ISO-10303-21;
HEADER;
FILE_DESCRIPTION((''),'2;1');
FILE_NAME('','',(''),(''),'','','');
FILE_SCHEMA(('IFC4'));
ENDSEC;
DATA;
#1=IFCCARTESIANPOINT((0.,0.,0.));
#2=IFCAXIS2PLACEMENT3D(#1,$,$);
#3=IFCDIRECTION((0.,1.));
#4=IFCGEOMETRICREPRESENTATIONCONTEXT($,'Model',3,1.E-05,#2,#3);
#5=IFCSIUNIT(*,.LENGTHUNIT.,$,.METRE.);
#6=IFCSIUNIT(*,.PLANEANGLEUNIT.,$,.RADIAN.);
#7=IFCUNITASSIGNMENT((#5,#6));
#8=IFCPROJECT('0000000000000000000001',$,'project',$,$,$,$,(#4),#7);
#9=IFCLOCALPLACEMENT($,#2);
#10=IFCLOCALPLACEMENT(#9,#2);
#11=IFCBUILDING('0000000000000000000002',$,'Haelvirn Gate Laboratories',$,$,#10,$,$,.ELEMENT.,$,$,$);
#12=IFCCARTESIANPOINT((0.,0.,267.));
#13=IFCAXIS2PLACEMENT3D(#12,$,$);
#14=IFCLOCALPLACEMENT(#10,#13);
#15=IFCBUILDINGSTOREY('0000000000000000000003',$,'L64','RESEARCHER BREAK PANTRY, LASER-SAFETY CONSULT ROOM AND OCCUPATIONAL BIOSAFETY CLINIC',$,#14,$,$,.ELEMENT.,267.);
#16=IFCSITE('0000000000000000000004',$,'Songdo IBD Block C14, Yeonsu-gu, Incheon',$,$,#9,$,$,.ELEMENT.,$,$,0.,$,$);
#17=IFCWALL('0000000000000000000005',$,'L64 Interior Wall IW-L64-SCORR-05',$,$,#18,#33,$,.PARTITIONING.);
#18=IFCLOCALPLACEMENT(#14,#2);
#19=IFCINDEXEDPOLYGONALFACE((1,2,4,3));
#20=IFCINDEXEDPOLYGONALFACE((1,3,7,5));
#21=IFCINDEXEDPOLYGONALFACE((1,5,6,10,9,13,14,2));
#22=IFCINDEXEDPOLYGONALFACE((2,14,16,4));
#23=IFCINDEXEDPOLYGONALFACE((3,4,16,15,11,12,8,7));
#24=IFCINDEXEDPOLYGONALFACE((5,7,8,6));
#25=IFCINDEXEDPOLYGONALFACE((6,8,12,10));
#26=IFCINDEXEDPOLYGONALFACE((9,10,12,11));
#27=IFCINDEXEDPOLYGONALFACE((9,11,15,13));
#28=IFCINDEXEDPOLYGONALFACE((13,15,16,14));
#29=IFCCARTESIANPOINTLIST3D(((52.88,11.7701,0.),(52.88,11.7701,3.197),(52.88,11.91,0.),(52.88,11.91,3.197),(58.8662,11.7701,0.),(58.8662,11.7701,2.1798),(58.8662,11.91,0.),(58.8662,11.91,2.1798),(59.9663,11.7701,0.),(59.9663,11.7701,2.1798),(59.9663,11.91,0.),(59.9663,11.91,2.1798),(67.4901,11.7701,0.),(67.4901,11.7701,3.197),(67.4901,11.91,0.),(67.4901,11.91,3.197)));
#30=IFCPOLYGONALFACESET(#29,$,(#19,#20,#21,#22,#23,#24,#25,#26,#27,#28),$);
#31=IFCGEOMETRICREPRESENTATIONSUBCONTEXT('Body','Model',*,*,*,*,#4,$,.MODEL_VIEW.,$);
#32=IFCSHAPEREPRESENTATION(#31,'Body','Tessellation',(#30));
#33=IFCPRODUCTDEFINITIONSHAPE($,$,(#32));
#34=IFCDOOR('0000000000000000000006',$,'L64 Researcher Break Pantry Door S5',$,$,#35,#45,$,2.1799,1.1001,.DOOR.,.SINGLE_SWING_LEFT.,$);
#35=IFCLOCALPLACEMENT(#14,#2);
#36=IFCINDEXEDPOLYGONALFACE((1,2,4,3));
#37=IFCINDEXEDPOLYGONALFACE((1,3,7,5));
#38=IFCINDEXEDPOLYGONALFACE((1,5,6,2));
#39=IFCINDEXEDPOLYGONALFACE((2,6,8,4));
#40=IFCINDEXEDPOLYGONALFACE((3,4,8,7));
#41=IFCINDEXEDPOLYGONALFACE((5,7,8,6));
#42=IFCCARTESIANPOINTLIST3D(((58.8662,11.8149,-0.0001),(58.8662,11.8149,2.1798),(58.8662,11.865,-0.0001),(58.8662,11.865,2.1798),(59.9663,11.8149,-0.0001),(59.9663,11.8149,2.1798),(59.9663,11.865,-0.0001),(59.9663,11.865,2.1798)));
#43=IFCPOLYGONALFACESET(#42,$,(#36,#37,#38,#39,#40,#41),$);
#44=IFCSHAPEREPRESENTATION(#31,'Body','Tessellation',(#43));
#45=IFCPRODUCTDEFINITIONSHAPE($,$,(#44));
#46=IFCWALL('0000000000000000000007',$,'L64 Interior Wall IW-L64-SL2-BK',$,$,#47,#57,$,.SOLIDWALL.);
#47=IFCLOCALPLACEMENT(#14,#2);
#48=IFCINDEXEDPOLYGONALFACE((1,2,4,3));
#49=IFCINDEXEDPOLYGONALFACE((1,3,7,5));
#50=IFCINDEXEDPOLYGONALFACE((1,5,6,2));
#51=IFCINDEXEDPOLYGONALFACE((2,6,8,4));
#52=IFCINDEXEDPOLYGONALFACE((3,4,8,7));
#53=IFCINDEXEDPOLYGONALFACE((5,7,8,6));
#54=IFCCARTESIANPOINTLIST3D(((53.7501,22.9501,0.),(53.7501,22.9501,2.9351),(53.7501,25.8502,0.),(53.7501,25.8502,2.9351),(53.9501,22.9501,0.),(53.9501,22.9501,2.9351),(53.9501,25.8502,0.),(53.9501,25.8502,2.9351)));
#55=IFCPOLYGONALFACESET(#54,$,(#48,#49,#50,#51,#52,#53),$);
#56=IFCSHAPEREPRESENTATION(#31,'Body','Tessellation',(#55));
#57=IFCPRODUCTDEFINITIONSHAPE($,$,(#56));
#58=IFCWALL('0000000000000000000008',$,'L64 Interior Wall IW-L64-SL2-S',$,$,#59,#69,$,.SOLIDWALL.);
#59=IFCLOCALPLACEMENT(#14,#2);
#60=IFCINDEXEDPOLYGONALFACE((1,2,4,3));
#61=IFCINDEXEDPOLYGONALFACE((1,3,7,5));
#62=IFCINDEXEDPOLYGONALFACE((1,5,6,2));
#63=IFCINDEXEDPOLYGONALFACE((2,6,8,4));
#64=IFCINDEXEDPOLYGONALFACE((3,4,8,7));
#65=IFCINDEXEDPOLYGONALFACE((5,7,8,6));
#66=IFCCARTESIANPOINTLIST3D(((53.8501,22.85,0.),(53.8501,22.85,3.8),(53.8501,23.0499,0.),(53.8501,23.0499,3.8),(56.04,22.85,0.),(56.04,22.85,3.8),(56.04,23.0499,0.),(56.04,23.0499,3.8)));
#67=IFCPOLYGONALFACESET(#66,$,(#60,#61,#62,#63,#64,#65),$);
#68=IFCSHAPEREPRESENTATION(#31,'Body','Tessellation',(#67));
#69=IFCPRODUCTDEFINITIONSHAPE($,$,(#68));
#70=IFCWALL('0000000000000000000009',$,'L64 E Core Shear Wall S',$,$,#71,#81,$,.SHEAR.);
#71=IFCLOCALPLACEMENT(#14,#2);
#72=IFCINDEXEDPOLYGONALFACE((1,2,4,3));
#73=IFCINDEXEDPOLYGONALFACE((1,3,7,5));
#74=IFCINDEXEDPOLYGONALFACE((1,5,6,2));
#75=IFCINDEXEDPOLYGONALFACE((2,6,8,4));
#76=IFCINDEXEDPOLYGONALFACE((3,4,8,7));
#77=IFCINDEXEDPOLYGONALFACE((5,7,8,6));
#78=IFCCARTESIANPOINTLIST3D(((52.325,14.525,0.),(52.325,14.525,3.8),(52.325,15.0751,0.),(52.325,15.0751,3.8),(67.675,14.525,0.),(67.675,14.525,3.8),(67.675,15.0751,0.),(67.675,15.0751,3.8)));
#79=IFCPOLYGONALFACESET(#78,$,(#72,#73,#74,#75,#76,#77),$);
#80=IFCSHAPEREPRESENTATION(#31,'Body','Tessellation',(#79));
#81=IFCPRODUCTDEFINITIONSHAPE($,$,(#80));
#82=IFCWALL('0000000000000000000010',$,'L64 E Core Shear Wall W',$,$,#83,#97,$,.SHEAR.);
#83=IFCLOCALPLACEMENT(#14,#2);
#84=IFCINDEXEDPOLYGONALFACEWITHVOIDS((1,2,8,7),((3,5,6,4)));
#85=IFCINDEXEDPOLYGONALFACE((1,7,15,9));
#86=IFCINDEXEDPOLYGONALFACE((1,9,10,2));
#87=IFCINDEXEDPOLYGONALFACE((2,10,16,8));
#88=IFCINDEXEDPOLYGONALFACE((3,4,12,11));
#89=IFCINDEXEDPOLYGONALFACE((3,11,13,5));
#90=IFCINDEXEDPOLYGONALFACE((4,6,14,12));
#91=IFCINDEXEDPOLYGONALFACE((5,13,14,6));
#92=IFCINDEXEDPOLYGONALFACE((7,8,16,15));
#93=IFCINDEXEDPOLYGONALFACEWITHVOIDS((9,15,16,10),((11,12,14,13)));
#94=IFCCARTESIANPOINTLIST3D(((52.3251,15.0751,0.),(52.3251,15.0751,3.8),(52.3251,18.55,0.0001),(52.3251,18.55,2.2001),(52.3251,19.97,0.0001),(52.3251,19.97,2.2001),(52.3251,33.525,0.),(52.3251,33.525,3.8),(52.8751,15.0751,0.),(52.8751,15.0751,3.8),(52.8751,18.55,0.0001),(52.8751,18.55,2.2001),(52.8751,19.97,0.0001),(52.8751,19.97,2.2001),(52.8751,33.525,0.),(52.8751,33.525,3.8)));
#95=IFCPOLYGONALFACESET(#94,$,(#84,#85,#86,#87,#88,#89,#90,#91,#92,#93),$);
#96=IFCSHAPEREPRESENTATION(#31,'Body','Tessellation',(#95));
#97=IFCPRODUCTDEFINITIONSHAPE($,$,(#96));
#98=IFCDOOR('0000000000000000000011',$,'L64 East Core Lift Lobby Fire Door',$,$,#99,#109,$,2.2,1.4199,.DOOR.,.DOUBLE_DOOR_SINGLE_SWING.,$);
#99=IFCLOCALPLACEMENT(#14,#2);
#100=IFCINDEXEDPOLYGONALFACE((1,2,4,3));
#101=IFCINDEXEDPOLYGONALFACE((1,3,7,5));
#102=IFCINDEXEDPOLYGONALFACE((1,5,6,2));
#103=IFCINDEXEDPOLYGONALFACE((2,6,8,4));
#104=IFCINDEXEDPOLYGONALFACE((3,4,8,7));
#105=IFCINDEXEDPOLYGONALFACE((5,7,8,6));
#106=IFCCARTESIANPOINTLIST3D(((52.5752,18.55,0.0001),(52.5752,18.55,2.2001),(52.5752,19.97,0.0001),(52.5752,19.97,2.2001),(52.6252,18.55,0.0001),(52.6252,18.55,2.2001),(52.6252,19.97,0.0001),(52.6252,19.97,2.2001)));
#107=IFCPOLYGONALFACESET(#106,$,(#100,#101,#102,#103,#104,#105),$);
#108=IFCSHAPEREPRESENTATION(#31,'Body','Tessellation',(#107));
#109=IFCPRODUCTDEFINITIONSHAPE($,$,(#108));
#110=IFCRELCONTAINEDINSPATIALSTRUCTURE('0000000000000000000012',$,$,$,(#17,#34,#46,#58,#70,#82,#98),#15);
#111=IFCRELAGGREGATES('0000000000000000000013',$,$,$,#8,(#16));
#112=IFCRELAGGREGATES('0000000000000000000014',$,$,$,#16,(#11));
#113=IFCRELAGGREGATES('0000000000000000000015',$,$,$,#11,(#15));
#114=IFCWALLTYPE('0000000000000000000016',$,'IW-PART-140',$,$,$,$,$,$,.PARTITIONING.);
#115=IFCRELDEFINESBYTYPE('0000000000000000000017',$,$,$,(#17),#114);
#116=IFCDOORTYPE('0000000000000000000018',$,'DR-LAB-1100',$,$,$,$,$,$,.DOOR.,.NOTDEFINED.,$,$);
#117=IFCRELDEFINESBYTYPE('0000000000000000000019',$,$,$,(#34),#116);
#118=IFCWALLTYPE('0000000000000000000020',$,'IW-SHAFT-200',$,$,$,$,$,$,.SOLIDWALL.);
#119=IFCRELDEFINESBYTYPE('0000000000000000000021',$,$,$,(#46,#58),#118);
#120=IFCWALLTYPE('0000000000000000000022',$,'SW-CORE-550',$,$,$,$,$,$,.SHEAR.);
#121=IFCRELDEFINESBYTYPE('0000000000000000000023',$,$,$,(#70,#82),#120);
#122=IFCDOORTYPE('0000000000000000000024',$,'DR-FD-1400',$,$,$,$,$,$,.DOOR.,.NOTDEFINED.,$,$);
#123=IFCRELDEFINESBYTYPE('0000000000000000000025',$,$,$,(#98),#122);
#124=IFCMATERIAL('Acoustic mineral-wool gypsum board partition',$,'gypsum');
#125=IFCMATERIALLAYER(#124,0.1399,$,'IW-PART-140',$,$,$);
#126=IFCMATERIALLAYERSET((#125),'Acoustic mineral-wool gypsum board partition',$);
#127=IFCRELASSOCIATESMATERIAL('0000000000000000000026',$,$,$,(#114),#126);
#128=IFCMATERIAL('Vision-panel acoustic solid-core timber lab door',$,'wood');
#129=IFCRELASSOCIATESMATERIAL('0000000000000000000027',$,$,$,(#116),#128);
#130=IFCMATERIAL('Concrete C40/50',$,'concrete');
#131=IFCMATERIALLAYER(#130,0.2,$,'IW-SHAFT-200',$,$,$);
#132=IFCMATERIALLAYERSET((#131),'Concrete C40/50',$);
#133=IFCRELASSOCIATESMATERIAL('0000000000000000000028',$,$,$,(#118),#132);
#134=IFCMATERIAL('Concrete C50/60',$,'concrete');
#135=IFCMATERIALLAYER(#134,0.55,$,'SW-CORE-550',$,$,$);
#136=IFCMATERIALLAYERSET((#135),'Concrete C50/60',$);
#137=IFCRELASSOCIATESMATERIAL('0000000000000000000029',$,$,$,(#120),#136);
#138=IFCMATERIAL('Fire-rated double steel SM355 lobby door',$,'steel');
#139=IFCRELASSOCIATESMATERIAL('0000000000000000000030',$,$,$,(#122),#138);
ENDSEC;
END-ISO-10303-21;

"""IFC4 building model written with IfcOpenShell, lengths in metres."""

from ifc_helpers import new_model, si_unit, direction, frame, frame_2d, origin, place, context, subcontext, project, spatial, rectangle, extrude, source, transform, mapped, material, layer, layer_set, type_object, type_shapes, element, fill, save


model = new_model("IFC4")

# Units and contexts
model_context = context("Model", 3, precision=1e-05, world=origin(), true_north=direction((0.0, 1.0)))
body_context = subcontext(model_context, "Body", "Model", "MODEL_VIEW")
ifc_project = project(units=[si_unit("LENGTHUNIT", "METRE"), si_unit("PLANEANGLEUNIT", "RADIAN")], contexts=[model_context])

# Site, building, storey
site_placement = place(None, origin())
site = spatial("IfcSite", under=ifc_project, at=site_placement, Name="Songdo IBD Block C14, Yeonsu-gu, Incheon", CompositionType="ELEMENT", RefElevation=0.0)
building_placement = place(site_placement, origin())
building = spatial("IfcBuilding", under=site, at=building_placement, Name="Haelvirn Gate Laboratories", CompositionType="ELEMENT")
storey_placement = place(building_placement, frame((0.0, 0.0, 267.0)))
storey = spatial("IfcBuildingStorey", under=building, at=storey_placement, Name="L64", Description="RESEARCHER BREAK PANTRY, LASER-SAFETY CONSULT ROOM AND OCCUPATIONAL BIOSAFETY CLINIC", CompositionType="ELEMENT", Elevation=267.0)

# Wall, opening, door
ifc_material_1 = material(Name="Acoustic mineral-wool gypsum board partition", Category="gypsum")
ifc_layer_1 = layer(ifc_material_1, 0.1399, Name="IW-PART-140")
ifc_layer_set_1 = layer_set([ifc_layer_1], Name="Acoustic mineral-wool gypsum board partition")
wall_type_1 = type_object("IfcWallType", Name="IW-PART-140", PredefinedType="PARTITIONING", material=ifc_layer_set_1)
ifc_material_2 = material(Name="Vision-panel acoustic solid-core timber lab door", Category="wood")
door_type_1 = type_object("IfcDoorType", Name="DR-LAB-1100", OperationType="NOTDEFINED", PredefinedType="DOOR", material=ifc_material_2)
shared_shape_1 = source(origin(), body_context, "Body", "SweptSolid", [
    extrude(rectangle(XDim=1.1001, YDim=2.1799, at=frame_2d((0.55, 1.0898))), frame((0.0, 0.0249, 0.0), z_axis=(0.0, -1.0, 0.0), x_axis=(1.0, 0.0, 0.0)), (0.0, 0.0, 1.0), 0.05),
])
type_shapes(door_type_1, [shared_shape_1])
wall_1_placement = place(storey_placement, frame((52.8799, 11.8401, 0.0), z_axis=(0.0, 0.0, 1.0), x_axis=(1.0, 0.0, 0.0)))
wall_1 = element("IfcWall", 1, at=wall_1_placement, inside=storey, type_object=wall_type_1, Name="L64 Interior Wall IW-L64-SCORR-05", PredefinedType="PARTITIONING", context=body_context, shape_type="SweptSolid", body=[
    extrude(rectangle(XDim=14.6101, YDim=0.1399, at=frame_2d((7.3052, 0.0))), origin(), (0.0, 0.0, 1.0), 3.197),
])
opening_1_placement = place(wall_1_placement, frame((5.9863, 0.0, 0.0)))
opening_1 = element("IfcOpeningElement", 2, at=opening_1_placement, cuts=wall_1, PredefinedType="OPENING", context=body_context, shape_type="SweptSolid", body=[
    extrude(rectangle(XDim=1.1001, YDim=2.1799, at=frame_2d((0.55, 1.0898))), frame((0.0, 0.0801, 0.0), z_axis=(0.0, -1.0, 0.0), x_axis=(1.0, 0.0, 0.0)), (0.0, 0.0, 1.0), 0.1599),
])
door_1_placement = place(opening_1_placement, origin())
door_1 = element("IfcDoor", 3, at=door_1_placement, inside=storey, type_object=door_type_1, Name="L64 Researcher Break Pantry Door S5", OperationType="SINGLE_SWING_LEFT", OverallHeight=2.1799, OverallWidth=1.1001, PredefinedType="DOOR", context=body_context, shape_type="MappedRepresentation", body=[
    mapped(shared_shape_1, transform((0.0, 0.0, 0.0), scale=1.0)),
])
fill(opening_1, door_1)

# Walls
ifc_material_3 = material(Name="Concrete C40/50", Category="concrete")
ifc_layer_2 = layer(ifc_material_3, 0.2, Name="IW-SHAFT-200")
ifc_layer_set_2 = layer_set([ifc_layer_2], Name="Concrete C40/50")
wall_type_2 = type_object("IfcWallType", Name="IW-SHAFT-200", PredefinedType="SOLIDWALL", material=ifc_layer_set_2)
wall_2_placement = place(storey_placement, frame((53.8501, 22.95, 0.0), z_axis=(0.0, 0.0, 1.0), x_axis=(0.0, 1.0, 0.0)))
element("IfcWall", 4, at=wall_2_placement, inside=storey, type_object=wall_type_2, Name="L64 Interior Wall IW-L64-SL2-BK", PredefinedType="SOLIDWALL", context=body_context, shape_type="SweptSolid", body=[
    extrude(rectangle(XDim=2.9001, YDim=0.2, at=frame_2d((1.4502, 0.0))), origin(), (0.0, 0.0, 1.0), 2.9351),
])
wall_3_placement = place(storey_placement, frame((53.8501, 22.95, 0.0), z_axis=(0.0, 0.0, 1.0), x_axis=(1.0, 0.0, 0.0)))
element("IfcWall", 5, at=wall_3_placement, inside=storey, type_object=wall_type_2, Name="L64 Interior Wall IW-L64-SL2-S", PredefinedType="SOLIDWALL", context=body_context, shape_type="SweptSolid", body=[
    extrude(rectangle(XDim=2.1899, YDim=0.2, at=frame_2d((1.095, 0.0))), origin(), (0.0, 0.0, 1.0), 3.8),
])
ifc_material_4 = material(Name="Concrete C50/60", Category="concrete")
ifc_layer_3 = layer(ifc_material_4, 0.55, Name="SW-CORE-550")
ifc_layer_set_3 = layer_set([ifc_layer_3], Name="Concrete C50/60")
wall_type_3 = type_object("IfcWallType", Name="SW-CORE-550", PredefinedType="SHEAR", material=ifc_layer_set_3)
wall_4_placement = place(storey_placement, frame((52.325, 14.8, 0.0), z_axis=(0.0, 0.0, 1.0), x_axis=(1.0, 0.0, 0.0)))
element("IfcWall", 6, at=wall_4_placement, inside=storey, type_object=wall_type_3, Name="L64 E Core Shear Wall S", PredefinedType="SHEAR", context=body_context, shape_type="SweptSolid", body=[
    extrude(rectangle(XDim=15.3501, YDim=0.55, at=frame_2d((7.675, 0.0))), origin(), (0.0, 0.0, 1.0), 3.8),
])

# Wall, opening, door
wall_5_placement = place(storey_placement, frame((52.6001, 15.075, 0.0), z_axis=(0.0, 0.0, 1.0), x_axis=(0.0, 1.0, 0.0)))
wall_5 = element("IfcWall", 7, at=wall_5_placement, inside=storey, type_object=wall_type_3, Name="L64 E Core Shear Wall W", PredefinedType="SHEAR", context=body_context, shape_type="SweptSolid", body=[
    extrude(rectangle(XDim=18.45, YDim=0.55, at=frame_2d((9.2251, 0.0))), origin(), (0.0, 0.0, 1.0), 3.8),
])
opening_2_placement = place(wall_5_placement, frame((3.4751, 0.0, 0.0)))
opening_2 = element("IfcOpeningElement", 8, at=opening_2_placement, cuts=wall_5, PredefinedType="OPENING", context=body_context, shape_type="SweptSolid", body=[
    extrude(rectangle(XDim=1.4199, YDim=2.2, at=frame_2d((0.71, 1.1001))), frame((0.0, 0.2852, 0.0), z_axis=(0.0, -1.0, 0.0), x_axis=(1.0, 0.0, 0.0)), (0.0, 0.0, 1.0), 0.5701),
])
ifc_material_5 = material(Name="Fire-rated double steel SM355 lobby door", Category="steel")
door_type_2 = type_object("IfcDoorType", Name="DR-FD-1400", OperationType="NOTDEFINED", PredefinedType="DOOR", material=ifc_material_5)
shared_shape_2 = source(origin(), body_context, "Body", "SweptSolid", [
    extrude(rectangle(XDim=1.4199, YDim=2.2, at=frame_2d((0.71, 1.1001))), frame((0.0, 0.0249, 0.0), z_axis=(0.0, -1.0, 0.0), x_axis=(1.0, 0.0, 0.0)), (0.0, 0.0, 1.0), 0.05),
])
type_shapes(door_type_2, [shared_shape_2])
door_2_placement = place(opening_2_placement, origin())
door_2 = element("IfcDoor", 9, at=door_2_placement, inside=storey, type_object=door_type_2, Name="L64 East Core Lift Lobby Fire Door", OperationType="DOUBLE_DOOR_SINGLE_SWING", OverallHeight=2.2, OverallWidth=1.4199, PredefinedType="DOOR", context=body_context, shape_type="MappedRepresentation", body=[
    mapped(shared_shape_2, transform((0.0, 0.0, 0.0), scale=1.0)),
])
fill(opening_2, door_2)

save(model, "model.ifc")
